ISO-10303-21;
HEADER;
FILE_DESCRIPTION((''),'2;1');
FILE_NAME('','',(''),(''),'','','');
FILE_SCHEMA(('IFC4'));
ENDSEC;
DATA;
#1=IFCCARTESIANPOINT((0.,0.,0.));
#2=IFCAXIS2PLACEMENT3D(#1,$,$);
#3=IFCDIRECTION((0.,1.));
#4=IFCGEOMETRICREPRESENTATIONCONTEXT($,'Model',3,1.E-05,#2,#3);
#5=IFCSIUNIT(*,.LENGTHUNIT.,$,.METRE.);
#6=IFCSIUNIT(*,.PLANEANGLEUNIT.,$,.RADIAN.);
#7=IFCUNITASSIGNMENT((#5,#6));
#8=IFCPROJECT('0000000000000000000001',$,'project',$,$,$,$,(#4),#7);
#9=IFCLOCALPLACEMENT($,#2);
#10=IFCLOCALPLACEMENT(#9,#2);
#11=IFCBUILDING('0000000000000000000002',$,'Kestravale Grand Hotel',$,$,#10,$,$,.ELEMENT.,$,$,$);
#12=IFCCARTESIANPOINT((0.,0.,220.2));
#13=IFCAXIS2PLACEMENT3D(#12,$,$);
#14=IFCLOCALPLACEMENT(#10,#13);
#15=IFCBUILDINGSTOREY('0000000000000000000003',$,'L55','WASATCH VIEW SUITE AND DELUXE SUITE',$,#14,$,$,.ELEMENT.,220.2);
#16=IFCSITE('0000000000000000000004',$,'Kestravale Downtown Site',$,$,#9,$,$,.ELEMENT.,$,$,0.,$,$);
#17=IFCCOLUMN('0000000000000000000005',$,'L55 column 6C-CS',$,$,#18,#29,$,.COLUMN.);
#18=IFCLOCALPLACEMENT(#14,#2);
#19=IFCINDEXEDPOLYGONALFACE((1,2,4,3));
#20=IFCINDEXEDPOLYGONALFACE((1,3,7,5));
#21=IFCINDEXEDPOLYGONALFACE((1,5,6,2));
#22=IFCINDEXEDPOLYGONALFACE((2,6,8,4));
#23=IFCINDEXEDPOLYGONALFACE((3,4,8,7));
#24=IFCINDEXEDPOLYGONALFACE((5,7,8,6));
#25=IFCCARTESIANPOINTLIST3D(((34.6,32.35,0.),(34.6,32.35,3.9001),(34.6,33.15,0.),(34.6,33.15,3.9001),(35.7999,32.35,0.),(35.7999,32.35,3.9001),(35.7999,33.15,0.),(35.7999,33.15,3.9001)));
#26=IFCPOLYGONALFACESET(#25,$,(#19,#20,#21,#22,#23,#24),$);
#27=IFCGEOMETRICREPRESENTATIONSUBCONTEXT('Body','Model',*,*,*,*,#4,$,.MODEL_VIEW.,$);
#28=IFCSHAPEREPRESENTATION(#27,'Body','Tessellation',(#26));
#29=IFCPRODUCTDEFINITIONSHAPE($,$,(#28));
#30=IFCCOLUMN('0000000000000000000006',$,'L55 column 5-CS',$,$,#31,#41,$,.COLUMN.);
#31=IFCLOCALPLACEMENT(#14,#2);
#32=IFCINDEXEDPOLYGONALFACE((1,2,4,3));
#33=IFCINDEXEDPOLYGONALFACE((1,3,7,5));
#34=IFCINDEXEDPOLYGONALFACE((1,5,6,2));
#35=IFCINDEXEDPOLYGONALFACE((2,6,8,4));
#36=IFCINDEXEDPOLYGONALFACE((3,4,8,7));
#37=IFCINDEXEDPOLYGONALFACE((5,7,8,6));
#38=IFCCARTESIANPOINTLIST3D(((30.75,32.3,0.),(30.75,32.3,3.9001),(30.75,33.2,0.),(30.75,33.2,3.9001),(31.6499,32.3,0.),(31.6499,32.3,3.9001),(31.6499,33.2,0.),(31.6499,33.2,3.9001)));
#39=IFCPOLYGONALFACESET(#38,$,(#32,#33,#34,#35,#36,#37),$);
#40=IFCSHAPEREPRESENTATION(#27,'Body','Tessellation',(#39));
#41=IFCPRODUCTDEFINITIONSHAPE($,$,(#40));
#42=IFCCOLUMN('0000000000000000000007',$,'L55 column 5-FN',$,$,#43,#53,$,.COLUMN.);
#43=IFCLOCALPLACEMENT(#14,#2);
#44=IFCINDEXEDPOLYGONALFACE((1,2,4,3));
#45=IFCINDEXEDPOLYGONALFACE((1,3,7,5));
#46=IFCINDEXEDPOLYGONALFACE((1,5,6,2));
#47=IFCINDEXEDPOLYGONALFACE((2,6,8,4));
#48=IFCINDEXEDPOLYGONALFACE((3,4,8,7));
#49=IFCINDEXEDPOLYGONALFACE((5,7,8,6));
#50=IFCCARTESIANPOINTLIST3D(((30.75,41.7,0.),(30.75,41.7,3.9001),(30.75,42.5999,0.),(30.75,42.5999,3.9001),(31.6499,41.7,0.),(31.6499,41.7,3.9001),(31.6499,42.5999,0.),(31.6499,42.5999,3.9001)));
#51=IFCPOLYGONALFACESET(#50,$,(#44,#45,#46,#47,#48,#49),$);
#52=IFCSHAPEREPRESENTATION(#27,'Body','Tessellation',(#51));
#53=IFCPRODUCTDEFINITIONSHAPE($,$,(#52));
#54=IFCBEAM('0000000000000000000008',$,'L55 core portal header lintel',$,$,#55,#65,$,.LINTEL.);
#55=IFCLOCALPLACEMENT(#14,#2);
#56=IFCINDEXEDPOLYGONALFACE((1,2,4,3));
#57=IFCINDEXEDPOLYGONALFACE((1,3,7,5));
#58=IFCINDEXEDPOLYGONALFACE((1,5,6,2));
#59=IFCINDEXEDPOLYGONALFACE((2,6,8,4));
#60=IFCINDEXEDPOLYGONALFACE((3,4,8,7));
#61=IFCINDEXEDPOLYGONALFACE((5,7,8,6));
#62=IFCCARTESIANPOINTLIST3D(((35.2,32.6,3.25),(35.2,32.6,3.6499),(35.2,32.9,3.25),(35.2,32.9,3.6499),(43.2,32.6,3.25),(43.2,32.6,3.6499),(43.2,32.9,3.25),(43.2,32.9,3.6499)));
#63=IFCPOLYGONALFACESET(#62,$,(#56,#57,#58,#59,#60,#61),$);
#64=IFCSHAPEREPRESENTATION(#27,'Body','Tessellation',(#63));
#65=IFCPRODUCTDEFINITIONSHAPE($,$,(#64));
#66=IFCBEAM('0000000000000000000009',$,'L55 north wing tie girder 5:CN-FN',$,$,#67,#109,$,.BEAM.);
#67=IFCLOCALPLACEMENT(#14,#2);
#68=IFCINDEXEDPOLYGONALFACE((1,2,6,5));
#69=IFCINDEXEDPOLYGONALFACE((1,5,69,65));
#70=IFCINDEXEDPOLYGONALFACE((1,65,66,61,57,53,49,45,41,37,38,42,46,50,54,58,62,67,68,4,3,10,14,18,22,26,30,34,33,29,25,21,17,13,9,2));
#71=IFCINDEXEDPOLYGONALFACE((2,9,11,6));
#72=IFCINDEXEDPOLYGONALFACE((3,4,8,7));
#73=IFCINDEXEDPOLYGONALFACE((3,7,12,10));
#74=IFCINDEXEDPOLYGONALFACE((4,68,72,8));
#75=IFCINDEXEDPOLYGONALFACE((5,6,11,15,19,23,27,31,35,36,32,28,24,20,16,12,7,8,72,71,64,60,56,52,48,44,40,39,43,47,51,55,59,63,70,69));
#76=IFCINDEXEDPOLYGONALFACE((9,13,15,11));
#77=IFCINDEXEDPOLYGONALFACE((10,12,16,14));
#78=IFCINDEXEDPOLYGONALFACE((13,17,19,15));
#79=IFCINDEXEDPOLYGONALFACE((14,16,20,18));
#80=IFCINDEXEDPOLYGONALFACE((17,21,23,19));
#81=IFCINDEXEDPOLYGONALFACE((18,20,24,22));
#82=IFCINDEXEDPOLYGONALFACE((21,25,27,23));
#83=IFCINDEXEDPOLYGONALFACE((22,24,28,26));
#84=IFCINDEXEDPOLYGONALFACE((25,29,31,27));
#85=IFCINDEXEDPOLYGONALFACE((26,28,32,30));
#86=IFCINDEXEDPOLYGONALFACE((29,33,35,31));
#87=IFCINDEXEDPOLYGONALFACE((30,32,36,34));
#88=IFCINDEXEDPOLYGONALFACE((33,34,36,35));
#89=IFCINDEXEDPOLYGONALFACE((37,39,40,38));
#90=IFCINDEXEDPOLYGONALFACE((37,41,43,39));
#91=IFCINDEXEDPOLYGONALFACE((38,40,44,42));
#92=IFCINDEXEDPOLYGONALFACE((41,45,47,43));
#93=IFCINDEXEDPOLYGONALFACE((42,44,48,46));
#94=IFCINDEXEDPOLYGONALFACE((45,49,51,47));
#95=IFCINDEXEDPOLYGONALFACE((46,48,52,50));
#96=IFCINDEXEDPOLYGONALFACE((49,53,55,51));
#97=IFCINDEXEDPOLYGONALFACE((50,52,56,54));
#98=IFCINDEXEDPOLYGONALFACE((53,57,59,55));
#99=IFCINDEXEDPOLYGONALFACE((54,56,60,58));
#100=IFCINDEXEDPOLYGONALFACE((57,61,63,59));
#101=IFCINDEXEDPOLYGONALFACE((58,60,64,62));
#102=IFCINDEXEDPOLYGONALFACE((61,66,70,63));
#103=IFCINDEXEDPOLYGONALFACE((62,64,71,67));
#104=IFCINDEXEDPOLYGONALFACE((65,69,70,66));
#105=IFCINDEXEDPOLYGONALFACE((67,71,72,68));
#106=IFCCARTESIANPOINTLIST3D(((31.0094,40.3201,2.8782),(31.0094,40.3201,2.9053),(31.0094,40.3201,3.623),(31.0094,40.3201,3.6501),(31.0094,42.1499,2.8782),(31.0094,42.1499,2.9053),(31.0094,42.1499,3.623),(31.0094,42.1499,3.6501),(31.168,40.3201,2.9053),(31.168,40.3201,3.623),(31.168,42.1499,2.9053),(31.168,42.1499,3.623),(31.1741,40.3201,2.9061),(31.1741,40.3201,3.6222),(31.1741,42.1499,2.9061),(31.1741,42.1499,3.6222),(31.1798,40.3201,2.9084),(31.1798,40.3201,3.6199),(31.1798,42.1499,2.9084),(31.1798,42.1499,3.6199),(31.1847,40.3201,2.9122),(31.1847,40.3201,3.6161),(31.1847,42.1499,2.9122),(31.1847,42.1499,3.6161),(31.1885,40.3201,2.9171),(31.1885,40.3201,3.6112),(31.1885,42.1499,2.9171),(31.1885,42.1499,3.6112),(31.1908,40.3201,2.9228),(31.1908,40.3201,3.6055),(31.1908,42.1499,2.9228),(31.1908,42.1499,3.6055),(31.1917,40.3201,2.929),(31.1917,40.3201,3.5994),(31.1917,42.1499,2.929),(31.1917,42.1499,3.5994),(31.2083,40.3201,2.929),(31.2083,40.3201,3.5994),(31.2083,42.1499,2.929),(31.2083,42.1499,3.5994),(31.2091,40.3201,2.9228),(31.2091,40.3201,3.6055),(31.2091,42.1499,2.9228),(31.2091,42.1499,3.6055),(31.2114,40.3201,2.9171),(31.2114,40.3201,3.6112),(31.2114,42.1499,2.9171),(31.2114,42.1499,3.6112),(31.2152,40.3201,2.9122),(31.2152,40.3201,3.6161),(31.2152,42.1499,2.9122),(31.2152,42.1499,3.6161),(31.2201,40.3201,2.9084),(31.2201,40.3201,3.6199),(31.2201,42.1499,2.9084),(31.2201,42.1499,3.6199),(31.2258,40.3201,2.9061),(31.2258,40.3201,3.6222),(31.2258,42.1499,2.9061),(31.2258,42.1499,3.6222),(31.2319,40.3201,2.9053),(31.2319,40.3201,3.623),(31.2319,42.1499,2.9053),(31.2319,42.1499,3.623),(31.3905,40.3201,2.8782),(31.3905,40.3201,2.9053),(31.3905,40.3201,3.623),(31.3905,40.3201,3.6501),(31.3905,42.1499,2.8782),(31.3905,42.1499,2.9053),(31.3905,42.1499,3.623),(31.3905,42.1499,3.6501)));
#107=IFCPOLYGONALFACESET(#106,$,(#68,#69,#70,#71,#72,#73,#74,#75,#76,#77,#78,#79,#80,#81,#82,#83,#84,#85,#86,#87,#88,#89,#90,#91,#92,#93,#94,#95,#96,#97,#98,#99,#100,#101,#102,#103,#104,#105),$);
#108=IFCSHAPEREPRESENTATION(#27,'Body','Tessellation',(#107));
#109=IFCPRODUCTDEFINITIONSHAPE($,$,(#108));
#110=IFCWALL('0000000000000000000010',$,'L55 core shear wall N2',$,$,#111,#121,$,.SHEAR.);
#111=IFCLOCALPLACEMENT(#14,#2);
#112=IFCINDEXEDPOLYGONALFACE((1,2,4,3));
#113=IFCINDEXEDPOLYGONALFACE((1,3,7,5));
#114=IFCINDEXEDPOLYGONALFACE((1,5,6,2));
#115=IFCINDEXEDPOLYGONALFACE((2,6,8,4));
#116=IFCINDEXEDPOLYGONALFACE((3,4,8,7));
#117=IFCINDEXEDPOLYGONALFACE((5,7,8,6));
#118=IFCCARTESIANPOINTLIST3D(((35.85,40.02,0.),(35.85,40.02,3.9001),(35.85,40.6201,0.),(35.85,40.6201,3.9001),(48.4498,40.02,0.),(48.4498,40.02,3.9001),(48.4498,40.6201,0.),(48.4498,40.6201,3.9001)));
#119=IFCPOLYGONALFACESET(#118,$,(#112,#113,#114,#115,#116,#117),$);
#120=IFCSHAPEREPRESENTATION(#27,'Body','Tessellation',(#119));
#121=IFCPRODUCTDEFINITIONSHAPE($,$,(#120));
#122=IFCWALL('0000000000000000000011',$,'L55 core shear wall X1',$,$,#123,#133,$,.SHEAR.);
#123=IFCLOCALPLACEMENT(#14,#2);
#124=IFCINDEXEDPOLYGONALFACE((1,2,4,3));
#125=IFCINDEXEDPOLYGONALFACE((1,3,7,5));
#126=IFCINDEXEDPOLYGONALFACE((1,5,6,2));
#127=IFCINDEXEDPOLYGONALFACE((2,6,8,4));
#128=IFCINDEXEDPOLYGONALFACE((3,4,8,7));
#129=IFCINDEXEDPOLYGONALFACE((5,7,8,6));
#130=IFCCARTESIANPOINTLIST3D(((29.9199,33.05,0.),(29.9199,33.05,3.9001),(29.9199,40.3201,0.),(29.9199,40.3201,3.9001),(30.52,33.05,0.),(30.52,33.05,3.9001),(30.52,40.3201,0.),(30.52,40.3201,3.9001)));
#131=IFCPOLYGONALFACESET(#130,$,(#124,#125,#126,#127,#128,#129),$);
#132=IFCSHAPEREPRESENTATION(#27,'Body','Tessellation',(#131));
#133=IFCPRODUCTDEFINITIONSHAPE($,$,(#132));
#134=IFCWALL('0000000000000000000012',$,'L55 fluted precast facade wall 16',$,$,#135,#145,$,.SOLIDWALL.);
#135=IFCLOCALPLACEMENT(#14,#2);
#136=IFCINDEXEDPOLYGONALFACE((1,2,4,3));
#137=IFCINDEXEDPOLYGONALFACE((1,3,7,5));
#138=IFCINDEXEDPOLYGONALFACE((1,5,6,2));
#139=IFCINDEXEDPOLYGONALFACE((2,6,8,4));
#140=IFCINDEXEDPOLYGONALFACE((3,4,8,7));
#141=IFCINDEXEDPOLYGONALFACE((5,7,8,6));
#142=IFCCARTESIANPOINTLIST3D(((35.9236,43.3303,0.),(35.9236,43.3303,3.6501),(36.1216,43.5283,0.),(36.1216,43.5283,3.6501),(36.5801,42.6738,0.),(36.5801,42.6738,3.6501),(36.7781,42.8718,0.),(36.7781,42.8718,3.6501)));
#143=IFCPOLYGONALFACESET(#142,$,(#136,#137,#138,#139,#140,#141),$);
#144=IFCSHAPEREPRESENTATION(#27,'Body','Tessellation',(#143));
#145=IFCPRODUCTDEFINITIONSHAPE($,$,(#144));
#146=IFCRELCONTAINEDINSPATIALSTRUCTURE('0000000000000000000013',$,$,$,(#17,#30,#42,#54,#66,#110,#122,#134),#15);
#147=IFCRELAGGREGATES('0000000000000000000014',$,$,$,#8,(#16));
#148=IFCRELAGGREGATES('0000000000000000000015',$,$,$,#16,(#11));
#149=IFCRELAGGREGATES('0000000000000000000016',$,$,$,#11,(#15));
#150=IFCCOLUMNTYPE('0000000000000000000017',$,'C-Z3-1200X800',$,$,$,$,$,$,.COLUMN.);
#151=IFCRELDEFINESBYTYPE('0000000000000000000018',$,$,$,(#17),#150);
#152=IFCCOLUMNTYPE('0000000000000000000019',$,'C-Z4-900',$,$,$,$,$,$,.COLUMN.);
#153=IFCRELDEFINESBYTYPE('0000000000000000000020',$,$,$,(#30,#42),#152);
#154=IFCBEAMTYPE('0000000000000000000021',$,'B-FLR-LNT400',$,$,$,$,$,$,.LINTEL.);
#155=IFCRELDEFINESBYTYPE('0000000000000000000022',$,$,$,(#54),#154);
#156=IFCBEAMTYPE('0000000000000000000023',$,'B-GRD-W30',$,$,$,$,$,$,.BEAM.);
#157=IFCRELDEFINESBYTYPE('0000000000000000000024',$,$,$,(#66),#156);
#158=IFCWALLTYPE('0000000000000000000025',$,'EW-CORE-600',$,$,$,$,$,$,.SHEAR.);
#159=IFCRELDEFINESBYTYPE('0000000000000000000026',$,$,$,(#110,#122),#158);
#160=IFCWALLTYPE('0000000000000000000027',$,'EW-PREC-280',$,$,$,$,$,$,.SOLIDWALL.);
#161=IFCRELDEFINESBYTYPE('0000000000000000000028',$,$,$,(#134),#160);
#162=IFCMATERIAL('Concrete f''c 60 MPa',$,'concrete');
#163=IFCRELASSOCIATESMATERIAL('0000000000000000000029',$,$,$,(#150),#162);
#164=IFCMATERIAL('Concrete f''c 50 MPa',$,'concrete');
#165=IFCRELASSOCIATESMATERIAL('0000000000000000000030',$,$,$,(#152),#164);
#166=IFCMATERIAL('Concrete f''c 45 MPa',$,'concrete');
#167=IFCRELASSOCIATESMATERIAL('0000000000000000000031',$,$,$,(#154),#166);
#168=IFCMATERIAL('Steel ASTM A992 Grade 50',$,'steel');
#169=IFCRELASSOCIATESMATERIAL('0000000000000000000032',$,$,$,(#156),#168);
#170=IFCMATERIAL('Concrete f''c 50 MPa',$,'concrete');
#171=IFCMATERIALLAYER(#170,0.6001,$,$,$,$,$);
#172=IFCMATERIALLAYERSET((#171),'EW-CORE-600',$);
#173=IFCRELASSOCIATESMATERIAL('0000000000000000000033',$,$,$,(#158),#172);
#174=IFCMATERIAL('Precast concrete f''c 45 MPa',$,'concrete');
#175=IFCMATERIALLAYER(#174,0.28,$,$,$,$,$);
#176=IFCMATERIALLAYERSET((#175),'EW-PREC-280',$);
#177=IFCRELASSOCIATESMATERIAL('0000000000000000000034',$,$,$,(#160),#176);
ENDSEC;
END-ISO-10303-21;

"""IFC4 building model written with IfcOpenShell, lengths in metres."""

from ifc_helpers import new_model, si_unit, direction, frame, frame_2d, origin, origin_2d, place, context, subcontext, project, spatial, rectangle, i_section, extrude, material, layer, layer_set, material_profile, profile_set, type_object, element, save


model = new_model("IFC4")

# Units and contexts
model_context = context("Model", 3, precision=1e-05, world=origin(), true_north=direction((0.0, 1.0)))
body_context = subcontext(model_context, "Body", "Model", "MODEL_VIEW")
ifc_project = project(units=[si_unit("LENGTHUNIT", "METRE"), si_unit("PLANEANGLEUNIT", "RADIAN")], contexts=[model_context])

# Site, building, storey
site_placement = place(None, origin())
site = spatial("IfcSite", under=ifc_project, at=site_placement, Name="Kestravale Downtown Site", CompositionType="ELEMENT", RefElevation=0.0)
building_placement = place(site_placement, origin())
building = spatial("IfcBuilding", under=site, at=building_placement, Name="Kestravale Grand Hotel", CompositionType="ELEMENT")
storey_placement = place(building_placement, frame((0.0, 0.0, 220.2)))
storey = spatial("IfcBuildingStorey", under=building, at=storey_placement, Name="L55", Description="WASATCH VIEW SUITE AND DELUXE SUITE", CompositionType="ELEMENT", Elevation=220.2)

# Columns
ifc_material_1 = material(Name="Concrete f'c 60 MPa", Category="concrete")
ifc_material_profile_1 = material_profile(ifc_material_1, rectangle(XDim=1.2, YDim=0.8, at=origin_2d()))
ifc_profile_set_1 = profile_set([ifc_material_profile_1], Name="Concrete f'c 60 MPa")
column_type_1 = type_object("IfcColumnType", Name="C-Z3-1200X800", PredefinedType="COLUMN", material=ifc_profile_set_1)
column_placement = place(storey_placement, frame((35.2, 32.75, 0.0), z_axis=(0.0, 0.0, 1.0), x_axis=(1.0, 0.0, 0.0)))
element("IfcColumn", 1, at=column_placement, inside=storey, type_object=column_type_1, Name="L55 column 6C-CS", PredefinedType="COLUMN", context=body_context, shape_type="SweptSolid", body=[
    extrude(rectangle(XDim=1.2, YDim=0.8, at=origin_2d()), origin(), (0.0, 0.0, 1.0), 3.9001),
])
ifc_material_2 = material(Name="Concrete f'c 50 MPa", Category="concrete")
ifc_material_profile_2 = material_profile(ifc_material_2, rectangle(XDim=0.8999, YDim=0.8999, at=origin_2d()))
ifc_profile_set_2 = profile_set([ifc_material_profile_2], Name="Concrete f'c 50 MPa")
column_type_2 = type_object("IfcColumnType", Name="C-Z4-900", PredefinedType="COLUMN", material=ifc_profile_set_2)
for number, where, z_axis, x_axis, name in (
    (2, (31.2, 32.75, 0.0), (0.0, 0.0, 1.0), (1.0, 0.0, 0.0), "L55 column 5-CS"),
    (3, (31.2, 42.1499, 0.0), (0.0, 0.0, 1.0), (1.0, 0.0, 0.0), "L55 column 5-FN"),
):
    element("IfcColumn", number, at=place(storey_placement, frame(where, z_axis=z_axis, x_axis=x_axis)), inside=storey, type_object=column_type_2, Name=name, PredefinedType="COLUMN", context=body_context, shape_type="SweptSolid", body=[
        extrude(rectangle(XDim=0.8999, YDim=0.8999, at=origin_2d()), origin(), (0.0, 0.0, 1.0), 3.9001),
    ])

# Beams
ifc_material_3 = material(Name="Concrete f'c 45 MPa", Category="concrete")
ifc_material_profile_3 = material_profile(ifc_material_3, rectangle(XDim=0.3, YDim=0.3999, at=origin_2d()))
ifc_profile_set_3 = profile_set([ifc_material_profile_3], Name="Concrete f'c 45 MPa")
beam_type_1 = type_object("IfcBeamType", Name="B-FLR-LNT400", PredefinedType="LINTEL", material=ifc_profile_set_3)
beam_1_placement = place(storey_placement, frame((35.2, 32.75, 3.45), z_axis=(1.0, 0.0, 0.0), x_axis=(0.0, 1.0, 0.0)))
element("IfcBeam", 4, at=beam_1_placement, inside=storey, type_object=beam_type_1, Name="L55 core portal header lintel", PredefinedType="LINTEL", context=body_context, shape_type="SweptSolid", body=[
    extrude(rectangle(XDim=0.3, YDim=0.3999, at=origin_2d()), origin(), (0.0, 0.0, 1.0), 8.0),
])
ifc_material_4 = material(Name="Steel ASTM A992 Grade 50", Category="steel")
ifc_material_profile_4 = material_profile(ifc_material_4, i_section(OverallWidth=0.3811, OverallDepth=0.772, WebThickness=0.0166, FlangeThickness=0.0271, FilletRadius=0.0237, at=origin_2d()))
ifc_profile_set_4 = profile_set([ifc_material_profile_4], Name="Steel ASTM A992 Grade 50")
beam_type_2 = type_object("IfcBeamType", Name="B-GRD-W30", PredefinedType="BEAM", material=ifc_profile_set_4)
beam_2_placement = place(storey_placement, frame((31.2, 40.3201, 3.2642), z_axis=(0.0, 1.0, 0.0), x_axis=(-1.0, 0.0, 0.0)))
element("IfcBeam", 5, at=beam_2_placement, inside=storey, type_object=beam_type_2, Name="L55 north wing tie girder 5:CN-FN", PredefinedType="BEAM", context=body_context, shape_type="SweptSolid", body=[
    extrude(i_section(OverallWidth=0.3811, OverallDepth=0.772, WebThickness=0.0166, FlangeThickness=0.0271, FilletRadius=0.0237, at=origin_2d()), origin(), (0.0, 0.0, 1.0), 1.8298),
])

# Walls
ifc_material_5 = material(Name="Concrete f'c 50 MPa", Category="concrete")
ifc_layer_1 = layer(ifc_material_5, 0.6001)
ifc_layer_set_1 = layer_set([ifc_layer_1], Name="EW-CORE-600")
wall_type_1 = type_object("IfcWallType", Name="EW-CORE-600", PredefinedType="SHEAR", material=ifc_layer_set_1)
wall_1_placement = place(storey_placement, frame((35.8501, 40.3201, 0.0), z_axis=(0.0, 0.0, 1.0), x_axis=(1.0, 0.0, 0.0)))
element("IfcWall", 6, at=wall_1_placement, inside=storey, type_object=wall_type_1, Name="L55 core shear wall N2", PredefinedType="SHEAR", context=body_context, shape_type="SweptSolid", body=[
    extrude(rectangle(XDim=12.5999, YDim=0.6001, at=frame_2d((6.2998, 0.0))), origin(), (0.0, 0.0, 1.0), 3.9001),
])
wall_2_placement = place(storey_placement, frame((30.22, 33.05, 0.0), z_axis=(0.0, 0.0, 1.0), x_axis=(0.0, 1.0, 0.0)))
element("IfcWall", 7, at=wall_2_placement, inside=storey, type_object=wall_type_1, Name="L55 core shear wall X1", PredefinedType="SHEAR", context=body_context, shape_type="SweptSolid", body=[
    extrude(rectangle(XDim=7.27, YDim=0.6001, at=frame_2d((3.635, 0.0))), origin(), (0.0, 0.0, 1.0), 3.9001),
])

# Wall
ifc_material_6 = material(Name="Precast concrete f'c 45 MPa", Category="concrete")
ifc_layer_2 = layer(ifc_material_6, 0.28)
ifc_layer_set_2 = layer_set([ifc_layer_2], Name="EW-PREC-280")
wall_type_2 = type_object("IfcWallType", Name="EW-PREC-280", PredefinedType="SOLIDWALL", material=ifc_layer_set_2)
wall_3_placement = place(storey_placement, frame((36.6792, 42.7727, 0.0), z_axis=(0.0, 0.0, 1.0), x_axis=(-0.707107, 0.707107, 0.0)))
element("IfcWall", 8, at=wall_3_placement, inside=storey, type_object=wall_type_2, Name="L55 fluted precast facade wall 16", PredefinedType="SOLIDWALL", context=body_context, shape_type="SweptSolid", body=[
    extrude(rectangle(XDim=0.9285, YDim=0.28, at=frame_2d((0.4644, 0.0))), origin(), (0.0, 0.0, 1.0), 3.6501),
])

save(model, "model.ifc")
